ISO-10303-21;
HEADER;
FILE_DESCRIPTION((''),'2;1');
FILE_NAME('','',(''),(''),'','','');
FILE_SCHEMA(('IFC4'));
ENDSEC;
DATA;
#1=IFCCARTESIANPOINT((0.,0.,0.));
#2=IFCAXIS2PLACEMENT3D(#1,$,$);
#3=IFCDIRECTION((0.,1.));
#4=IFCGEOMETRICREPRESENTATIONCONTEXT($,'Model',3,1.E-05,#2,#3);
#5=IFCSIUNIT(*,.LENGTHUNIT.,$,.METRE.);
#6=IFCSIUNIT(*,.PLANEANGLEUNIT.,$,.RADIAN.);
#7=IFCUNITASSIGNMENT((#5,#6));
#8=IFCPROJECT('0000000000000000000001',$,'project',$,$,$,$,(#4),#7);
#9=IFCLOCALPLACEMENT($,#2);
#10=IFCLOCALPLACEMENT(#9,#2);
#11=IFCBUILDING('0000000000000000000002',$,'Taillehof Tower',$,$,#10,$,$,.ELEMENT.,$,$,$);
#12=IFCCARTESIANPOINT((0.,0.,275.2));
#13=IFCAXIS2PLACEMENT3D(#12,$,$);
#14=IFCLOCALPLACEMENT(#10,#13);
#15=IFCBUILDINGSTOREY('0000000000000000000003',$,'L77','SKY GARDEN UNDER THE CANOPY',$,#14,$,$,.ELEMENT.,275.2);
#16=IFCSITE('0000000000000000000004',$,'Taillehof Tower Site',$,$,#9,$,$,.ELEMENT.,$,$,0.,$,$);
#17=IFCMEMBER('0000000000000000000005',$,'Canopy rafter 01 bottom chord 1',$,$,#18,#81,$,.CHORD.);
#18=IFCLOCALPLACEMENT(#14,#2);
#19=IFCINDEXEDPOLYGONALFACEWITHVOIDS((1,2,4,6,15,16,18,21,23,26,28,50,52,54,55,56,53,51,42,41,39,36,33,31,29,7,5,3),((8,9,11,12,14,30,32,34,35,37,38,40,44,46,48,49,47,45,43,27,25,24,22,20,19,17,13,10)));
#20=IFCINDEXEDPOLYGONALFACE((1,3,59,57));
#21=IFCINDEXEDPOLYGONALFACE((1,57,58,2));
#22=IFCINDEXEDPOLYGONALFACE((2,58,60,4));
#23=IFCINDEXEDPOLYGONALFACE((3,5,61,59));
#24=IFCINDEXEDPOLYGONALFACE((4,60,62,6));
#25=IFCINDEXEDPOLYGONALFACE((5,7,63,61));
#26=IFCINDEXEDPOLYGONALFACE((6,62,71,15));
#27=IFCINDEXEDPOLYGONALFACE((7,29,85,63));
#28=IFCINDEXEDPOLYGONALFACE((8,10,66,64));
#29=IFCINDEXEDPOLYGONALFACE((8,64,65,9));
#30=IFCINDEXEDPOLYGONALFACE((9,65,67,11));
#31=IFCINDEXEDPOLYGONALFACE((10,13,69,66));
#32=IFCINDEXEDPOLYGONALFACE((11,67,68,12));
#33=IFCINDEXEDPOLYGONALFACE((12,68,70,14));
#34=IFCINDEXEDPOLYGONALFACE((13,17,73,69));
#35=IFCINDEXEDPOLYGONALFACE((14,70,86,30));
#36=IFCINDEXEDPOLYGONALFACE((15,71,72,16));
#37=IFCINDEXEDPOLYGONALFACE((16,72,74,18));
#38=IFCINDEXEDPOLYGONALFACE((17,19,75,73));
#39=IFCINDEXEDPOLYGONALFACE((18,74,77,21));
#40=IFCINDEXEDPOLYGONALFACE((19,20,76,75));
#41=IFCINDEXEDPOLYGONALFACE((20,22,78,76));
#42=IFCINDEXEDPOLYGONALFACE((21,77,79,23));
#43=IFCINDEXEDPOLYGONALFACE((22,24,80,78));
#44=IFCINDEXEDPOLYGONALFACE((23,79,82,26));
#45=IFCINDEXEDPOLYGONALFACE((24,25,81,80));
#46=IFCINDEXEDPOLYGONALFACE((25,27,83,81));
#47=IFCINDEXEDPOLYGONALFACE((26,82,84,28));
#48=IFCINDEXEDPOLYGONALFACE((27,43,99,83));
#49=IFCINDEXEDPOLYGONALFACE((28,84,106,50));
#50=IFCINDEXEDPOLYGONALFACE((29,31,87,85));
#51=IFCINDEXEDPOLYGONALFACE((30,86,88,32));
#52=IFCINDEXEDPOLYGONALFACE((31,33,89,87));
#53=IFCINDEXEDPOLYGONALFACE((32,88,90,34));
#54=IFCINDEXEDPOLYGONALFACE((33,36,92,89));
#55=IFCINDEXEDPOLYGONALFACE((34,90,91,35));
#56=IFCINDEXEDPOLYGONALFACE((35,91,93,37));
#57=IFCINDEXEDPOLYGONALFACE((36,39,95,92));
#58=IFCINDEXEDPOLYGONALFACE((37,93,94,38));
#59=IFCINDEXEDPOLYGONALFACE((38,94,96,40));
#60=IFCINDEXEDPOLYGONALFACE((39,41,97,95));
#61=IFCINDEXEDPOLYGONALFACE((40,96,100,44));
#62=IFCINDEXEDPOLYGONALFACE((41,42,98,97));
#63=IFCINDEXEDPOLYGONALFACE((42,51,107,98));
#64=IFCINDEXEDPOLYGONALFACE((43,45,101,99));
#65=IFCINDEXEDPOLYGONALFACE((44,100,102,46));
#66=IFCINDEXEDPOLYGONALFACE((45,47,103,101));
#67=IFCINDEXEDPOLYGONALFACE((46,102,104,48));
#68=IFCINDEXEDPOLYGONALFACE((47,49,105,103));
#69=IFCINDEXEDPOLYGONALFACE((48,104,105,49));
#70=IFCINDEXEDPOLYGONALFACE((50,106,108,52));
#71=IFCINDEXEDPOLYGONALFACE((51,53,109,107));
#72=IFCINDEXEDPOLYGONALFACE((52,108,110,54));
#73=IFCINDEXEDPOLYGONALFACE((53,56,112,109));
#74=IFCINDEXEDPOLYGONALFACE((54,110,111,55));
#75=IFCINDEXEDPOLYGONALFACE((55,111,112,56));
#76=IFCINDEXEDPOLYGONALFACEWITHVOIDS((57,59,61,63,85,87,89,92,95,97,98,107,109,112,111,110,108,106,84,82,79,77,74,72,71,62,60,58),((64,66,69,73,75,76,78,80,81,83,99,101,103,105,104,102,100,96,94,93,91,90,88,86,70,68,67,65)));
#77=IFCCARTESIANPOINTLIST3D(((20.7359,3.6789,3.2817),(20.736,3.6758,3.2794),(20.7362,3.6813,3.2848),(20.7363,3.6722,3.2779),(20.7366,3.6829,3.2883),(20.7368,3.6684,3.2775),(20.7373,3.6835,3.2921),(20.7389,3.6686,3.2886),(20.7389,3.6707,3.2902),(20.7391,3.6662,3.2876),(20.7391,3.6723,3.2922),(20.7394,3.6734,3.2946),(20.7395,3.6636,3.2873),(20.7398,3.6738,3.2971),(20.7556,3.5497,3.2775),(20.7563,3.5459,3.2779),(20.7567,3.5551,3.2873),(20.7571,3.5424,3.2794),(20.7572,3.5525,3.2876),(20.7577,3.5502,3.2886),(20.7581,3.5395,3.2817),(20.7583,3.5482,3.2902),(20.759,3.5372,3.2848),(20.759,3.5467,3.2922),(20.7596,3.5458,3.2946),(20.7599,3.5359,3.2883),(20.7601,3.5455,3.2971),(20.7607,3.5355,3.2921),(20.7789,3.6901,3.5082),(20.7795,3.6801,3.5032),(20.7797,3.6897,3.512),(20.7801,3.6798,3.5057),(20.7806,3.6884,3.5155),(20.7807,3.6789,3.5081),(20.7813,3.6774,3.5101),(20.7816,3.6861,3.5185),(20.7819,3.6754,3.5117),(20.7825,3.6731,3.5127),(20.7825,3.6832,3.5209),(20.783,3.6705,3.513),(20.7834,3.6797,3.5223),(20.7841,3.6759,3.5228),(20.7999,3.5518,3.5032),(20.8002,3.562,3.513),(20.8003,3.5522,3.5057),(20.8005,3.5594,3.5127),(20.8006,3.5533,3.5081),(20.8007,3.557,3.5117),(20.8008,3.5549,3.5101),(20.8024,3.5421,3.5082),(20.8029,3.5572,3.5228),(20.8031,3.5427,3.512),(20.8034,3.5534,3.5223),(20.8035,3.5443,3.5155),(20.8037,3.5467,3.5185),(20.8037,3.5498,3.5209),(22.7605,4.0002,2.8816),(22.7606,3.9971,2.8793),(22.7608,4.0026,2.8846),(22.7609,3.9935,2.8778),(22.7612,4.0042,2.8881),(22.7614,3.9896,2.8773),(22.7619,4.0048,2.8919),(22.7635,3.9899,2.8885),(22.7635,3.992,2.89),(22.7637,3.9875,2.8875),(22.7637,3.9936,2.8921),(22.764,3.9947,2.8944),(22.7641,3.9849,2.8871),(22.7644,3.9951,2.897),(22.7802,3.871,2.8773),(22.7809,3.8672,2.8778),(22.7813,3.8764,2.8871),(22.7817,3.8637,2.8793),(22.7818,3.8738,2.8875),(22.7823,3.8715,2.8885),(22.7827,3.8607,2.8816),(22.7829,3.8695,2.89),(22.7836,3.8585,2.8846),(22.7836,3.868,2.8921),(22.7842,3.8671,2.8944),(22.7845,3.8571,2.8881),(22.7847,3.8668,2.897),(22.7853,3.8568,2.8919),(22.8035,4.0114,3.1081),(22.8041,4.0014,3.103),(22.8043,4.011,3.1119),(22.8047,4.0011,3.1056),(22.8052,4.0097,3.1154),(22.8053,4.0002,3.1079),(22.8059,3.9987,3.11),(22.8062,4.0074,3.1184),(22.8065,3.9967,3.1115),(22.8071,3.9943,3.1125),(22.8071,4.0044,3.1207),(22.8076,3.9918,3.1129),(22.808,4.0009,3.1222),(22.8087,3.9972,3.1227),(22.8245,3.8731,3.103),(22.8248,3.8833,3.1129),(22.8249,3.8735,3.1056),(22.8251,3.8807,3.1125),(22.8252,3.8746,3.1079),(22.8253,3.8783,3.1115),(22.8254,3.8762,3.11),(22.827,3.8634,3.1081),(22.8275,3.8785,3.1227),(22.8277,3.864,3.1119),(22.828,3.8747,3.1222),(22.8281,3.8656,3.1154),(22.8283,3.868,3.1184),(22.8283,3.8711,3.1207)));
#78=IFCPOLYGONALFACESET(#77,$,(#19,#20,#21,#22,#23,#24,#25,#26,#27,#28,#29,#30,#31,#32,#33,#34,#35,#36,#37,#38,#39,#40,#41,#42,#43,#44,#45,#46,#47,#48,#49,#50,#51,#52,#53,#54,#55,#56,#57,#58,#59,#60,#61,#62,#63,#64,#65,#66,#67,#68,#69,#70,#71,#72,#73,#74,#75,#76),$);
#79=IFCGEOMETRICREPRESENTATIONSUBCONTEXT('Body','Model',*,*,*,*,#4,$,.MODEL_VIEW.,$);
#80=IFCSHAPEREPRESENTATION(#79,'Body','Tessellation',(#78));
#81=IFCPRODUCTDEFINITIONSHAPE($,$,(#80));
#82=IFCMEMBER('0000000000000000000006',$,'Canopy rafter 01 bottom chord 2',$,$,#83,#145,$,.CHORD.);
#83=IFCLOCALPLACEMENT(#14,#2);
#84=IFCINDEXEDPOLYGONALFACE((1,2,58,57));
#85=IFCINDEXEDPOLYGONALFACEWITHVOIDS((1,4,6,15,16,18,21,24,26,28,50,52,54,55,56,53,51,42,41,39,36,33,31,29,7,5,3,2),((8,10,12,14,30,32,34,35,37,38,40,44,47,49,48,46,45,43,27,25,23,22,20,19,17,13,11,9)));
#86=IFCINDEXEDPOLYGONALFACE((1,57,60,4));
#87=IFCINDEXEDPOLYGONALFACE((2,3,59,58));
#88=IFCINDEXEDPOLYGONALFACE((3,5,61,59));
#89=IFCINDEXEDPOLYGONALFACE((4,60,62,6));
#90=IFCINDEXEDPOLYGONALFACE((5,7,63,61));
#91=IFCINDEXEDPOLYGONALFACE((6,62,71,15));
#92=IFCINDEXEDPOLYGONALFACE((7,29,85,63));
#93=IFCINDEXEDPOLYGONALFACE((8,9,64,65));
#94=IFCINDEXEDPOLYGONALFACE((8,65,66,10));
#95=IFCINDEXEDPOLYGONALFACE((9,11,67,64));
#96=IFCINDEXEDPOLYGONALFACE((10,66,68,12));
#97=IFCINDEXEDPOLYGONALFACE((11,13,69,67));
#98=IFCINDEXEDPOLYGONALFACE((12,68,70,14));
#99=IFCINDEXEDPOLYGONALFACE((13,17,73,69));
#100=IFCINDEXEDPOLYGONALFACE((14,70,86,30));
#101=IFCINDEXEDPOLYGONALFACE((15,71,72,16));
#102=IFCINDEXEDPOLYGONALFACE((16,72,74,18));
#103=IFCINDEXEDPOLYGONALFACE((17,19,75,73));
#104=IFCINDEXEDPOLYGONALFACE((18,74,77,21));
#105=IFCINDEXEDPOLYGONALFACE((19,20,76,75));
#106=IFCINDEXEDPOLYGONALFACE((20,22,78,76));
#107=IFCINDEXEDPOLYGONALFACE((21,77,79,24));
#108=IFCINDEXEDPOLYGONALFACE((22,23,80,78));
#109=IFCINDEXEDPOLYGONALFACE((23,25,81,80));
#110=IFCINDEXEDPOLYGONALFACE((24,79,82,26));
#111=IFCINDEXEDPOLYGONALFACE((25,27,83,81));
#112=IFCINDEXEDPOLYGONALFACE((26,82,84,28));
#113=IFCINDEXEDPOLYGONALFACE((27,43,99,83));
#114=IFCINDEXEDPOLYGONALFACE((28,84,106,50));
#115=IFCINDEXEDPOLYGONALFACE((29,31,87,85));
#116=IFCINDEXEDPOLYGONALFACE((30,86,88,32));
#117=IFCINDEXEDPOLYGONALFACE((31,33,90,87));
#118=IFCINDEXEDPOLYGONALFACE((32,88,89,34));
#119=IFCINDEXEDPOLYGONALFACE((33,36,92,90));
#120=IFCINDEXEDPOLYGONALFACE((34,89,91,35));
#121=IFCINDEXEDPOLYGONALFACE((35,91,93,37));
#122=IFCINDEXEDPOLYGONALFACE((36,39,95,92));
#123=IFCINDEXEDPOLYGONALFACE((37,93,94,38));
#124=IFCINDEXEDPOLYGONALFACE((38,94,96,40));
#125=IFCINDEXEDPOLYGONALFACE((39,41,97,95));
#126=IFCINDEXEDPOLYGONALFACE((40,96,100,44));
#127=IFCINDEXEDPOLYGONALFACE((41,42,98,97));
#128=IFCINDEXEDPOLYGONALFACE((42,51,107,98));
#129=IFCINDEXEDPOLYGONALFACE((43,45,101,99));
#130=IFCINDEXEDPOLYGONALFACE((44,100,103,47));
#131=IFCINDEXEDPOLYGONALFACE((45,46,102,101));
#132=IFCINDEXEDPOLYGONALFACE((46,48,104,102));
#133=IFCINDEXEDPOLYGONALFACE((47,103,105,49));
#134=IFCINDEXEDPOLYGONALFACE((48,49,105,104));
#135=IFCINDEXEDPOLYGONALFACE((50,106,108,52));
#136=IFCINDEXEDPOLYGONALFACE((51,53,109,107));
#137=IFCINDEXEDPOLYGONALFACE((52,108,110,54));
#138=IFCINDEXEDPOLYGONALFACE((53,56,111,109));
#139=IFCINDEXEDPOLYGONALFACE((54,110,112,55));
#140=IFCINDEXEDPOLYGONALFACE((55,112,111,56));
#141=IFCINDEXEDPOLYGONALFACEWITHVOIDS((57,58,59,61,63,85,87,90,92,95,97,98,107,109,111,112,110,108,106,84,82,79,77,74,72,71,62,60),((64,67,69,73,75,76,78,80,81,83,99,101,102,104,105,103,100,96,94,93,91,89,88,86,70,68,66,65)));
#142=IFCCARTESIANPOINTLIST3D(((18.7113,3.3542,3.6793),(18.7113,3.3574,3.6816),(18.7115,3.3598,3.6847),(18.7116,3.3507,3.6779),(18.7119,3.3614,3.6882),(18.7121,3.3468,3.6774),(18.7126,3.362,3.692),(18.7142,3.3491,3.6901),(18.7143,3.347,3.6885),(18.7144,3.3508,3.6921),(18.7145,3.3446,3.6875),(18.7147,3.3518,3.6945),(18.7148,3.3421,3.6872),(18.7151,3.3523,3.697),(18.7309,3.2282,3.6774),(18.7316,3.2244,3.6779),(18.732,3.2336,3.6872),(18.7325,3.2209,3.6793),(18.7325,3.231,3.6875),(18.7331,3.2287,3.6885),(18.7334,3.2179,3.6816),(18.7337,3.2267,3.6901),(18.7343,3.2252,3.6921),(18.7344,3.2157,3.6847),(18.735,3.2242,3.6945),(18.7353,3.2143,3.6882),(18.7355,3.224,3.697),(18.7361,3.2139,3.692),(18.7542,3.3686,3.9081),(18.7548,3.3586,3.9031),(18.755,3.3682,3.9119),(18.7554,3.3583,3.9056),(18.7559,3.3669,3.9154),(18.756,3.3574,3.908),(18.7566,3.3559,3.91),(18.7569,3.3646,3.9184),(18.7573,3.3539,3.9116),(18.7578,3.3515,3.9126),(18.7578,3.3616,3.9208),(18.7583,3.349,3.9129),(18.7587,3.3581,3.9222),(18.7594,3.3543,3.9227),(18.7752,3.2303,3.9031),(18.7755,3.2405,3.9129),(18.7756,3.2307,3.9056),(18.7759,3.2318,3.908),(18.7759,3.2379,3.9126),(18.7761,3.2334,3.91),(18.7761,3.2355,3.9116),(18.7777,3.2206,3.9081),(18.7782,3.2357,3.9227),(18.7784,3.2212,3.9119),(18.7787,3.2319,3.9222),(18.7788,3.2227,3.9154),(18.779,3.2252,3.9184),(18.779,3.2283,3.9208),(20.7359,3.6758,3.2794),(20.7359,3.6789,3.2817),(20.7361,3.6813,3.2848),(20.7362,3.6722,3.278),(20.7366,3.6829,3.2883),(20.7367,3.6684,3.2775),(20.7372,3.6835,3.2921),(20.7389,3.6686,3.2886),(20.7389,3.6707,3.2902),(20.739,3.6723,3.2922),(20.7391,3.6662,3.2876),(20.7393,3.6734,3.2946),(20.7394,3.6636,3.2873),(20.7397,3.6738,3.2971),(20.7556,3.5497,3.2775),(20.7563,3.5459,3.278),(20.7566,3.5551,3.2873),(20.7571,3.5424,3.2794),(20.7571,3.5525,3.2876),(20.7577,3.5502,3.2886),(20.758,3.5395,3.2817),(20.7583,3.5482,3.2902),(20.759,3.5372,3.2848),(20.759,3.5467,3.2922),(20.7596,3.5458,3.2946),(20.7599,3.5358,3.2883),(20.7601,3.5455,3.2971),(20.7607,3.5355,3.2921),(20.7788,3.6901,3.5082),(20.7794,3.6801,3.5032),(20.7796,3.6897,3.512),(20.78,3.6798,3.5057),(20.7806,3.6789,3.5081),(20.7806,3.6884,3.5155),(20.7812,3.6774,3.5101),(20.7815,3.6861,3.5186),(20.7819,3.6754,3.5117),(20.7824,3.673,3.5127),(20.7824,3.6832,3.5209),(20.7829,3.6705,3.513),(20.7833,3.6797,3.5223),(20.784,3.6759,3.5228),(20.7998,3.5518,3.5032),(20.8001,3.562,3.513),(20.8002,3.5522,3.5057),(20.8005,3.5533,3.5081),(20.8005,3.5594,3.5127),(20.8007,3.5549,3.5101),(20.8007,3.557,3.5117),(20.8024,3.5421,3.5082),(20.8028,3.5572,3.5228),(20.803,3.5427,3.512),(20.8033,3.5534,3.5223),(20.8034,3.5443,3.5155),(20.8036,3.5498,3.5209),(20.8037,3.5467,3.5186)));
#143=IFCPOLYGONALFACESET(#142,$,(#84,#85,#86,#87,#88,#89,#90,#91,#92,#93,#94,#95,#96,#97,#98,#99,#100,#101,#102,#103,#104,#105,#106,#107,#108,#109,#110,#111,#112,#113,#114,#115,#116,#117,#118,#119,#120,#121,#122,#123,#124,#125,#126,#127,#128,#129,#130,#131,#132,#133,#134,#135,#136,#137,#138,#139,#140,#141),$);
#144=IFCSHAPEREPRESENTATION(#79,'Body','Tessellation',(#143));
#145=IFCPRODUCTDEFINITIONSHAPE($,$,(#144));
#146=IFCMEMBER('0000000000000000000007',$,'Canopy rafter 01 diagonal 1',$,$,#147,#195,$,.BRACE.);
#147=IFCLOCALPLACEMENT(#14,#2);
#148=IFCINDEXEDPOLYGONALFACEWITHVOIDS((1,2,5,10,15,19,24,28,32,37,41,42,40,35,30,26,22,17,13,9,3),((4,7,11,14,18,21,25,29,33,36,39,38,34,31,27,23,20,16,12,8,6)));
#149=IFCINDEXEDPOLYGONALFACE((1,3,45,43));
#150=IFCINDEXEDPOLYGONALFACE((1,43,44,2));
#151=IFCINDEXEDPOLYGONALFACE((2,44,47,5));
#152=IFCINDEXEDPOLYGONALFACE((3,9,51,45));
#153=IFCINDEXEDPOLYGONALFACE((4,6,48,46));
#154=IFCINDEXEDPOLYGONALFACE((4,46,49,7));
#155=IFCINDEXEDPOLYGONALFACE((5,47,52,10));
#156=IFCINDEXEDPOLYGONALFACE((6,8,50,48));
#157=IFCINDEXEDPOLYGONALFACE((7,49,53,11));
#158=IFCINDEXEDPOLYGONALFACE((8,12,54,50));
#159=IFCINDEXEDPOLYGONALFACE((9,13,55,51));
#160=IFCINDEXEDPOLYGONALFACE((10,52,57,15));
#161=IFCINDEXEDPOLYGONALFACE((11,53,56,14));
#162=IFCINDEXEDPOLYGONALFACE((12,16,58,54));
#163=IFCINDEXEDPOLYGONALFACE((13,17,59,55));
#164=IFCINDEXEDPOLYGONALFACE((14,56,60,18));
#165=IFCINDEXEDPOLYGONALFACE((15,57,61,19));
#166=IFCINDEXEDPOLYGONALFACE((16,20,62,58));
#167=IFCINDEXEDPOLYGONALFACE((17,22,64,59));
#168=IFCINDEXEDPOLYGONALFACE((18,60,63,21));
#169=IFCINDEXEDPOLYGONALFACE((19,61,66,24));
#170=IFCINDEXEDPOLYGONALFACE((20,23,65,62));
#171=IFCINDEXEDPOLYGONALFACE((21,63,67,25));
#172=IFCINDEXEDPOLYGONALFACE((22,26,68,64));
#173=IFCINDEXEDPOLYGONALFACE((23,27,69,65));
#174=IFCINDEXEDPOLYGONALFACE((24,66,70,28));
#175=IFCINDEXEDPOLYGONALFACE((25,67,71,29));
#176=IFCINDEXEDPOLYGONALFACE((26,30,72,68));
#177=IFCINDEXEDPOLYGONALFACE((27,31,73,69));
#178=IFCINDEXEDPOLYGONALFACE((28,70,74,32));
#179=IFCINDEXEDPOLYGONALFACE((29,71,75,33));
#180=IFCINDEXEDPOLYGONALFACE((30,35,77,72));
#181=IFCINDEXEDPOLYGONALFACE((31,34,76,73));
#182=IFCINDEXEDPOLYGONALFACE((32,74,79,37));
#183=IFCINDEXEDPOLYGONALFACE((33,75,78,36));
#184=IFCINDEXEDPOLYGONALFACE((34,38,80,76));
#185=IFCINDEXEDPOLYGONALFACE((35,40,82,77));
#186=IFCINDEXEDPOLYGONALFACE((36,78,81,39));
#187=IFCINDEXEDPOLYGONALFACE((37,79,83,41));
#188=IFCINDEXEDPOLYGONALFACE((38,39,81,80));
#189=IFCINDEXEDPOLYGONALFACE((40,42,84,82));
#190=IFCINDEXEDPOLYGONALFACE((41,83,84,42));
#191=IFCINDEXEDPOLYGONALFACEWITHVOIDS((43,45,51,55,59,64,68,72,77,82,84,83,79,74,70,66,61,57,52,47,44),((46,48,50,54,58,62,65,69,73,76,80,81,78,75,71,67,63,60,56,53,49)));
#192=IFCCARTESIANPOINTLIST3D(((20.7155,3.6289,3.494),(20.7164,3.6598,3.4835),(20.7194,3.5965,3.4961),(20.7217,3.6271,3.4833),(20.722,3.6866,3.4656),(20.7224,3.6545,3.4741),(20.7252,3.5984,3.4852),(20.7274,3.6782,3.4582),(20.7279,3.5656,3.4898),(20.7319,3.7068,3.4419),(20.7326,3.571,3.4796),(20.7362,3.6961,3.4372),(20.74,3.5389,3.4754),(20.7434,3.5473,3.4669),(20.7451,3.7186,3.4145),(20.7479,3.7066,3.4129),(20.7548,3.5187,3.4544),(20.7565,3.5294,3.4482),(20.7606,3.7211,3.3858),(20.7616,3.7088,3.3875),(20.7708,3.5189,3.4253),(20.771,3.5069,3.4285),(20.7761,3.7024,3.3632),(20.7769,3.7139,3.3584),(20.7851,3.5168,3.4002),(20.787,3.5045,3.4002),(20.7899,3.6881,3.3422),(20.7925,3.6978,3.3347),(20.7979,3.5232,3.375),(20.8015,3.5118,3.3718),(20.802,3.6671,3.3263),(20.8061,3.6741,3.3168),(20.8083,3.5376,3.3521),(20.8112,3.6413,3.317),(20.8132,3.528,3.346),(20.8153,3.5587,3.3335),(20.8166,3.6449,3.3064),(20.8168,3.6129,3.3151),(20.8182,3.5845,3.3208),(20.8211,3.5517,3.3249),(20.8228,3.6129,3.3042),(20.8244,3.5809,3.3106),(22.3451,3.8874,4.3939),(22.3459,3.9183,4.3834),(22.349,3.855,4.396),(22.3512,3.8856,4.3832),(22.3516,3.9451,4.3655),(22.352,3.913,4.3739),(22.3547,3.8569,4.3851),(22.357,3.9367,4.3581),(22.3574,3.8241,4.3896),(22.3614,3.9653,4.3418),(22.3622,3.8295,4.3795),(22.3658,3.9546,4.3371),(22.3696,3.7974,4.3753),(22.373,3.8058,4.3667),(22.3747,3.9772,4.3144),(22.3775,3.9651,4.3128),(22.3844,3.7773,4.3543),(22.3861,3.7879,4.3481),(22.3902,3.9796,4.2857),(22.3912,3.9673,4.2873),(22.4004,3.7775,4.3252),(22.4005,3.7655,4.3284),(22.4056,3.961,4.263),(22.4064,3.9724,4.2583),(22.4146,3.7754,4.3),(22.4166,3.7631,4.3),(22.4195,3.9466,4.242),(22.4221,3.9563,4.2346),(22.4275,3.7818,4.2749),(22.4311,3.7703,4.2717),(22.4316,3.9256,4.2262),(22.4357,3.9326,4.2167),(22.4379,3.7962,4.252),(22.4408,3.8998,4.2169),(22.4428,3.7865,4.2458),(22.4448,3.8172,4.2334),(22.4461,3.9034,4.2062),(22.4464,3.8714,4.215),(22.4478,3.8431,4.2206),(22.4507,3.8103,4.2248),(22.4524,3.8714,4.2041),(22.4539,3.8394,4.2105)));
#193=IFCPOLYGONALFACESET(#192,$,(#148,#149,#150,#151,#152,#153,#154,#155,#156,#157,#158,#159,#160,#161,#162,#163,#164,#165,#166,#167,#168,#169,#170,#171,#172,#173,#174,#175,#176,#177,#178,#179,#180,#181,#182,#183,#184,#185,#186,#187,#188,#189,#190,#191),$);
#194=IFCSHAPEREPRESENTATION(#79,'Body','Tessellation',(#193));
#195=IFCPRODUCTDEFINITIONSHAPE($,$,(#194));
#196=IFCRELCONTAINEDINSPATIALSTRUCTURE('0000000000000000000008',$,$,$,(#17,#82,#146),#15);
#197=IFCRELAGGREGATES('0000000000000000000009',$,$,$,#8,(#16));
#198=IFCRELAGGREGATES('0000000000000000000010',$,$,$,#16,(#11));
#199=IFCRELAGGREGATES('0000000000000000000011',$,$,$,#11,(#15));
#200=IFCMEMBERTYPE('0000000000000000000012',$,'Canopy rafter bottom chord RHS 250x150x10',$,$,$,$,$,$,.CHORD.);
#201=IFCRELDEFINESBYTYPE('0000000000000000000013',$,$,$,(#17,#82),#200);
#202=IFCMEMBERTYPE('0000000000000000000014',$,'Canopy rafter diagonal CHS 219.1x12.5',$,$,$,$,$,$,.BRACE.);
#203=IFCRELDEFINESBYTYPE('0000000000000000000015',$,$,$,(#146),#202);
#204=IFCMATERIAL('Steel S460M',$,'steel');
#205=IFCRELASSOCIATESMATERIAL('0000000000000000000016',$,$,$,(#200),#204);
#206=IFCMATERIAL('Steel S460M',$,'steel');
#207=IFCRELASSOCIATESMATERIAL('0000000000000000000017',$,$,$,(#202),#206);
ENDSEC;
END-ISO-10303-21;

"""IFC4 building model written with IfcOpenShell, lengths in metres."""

from ifc_helpers import new_model, si_unit, direction, frame, origin, origin_2d, place, context, subcontext, project, spatial, hollow_rectangle, hollow_circle, extrude, material, material_profile, profile_set, type_object, element, save


model = new_model("IFC4")

# Units and contexts
model_context = context("Model", 3, precision=1e-05, world=origin(), true_north=direction((0.0, 1.0)))
body_context = subcontext(model_context, "Body", "Model", "MODEL_VIEW")
ifc_project = project(units=[si_unit("LENGTHUNIT", "METRE"), si_unit("PLANEANGLEUNIT", "RADIAN")], contexts=[model_context])

# Site, building, storey
site_placement = place(None, origin())
site = spatial("IfcSite", under=ifc_project, at=site_placement, Name="Taillehof Tower Site", CompositionType="ELEMENT", RefElevation=0.0)
building_placement = place(site_placement, origin())
building = spatial("IfcBuilding", under=site, at=building_placement, Name="Taillehof Tower", CompositionType="ELEMENT")
storey_placement = place(building_placement, frame((0.0, 0.0, 275.2)))
storey = spatial("IfcBuildingStorey", under=building, at=storey_placement, Name="L77", Description="SKY GARDEN UNDER THE CANOPY", CompositionType="ELEMENT", Elevation=275.2)

# Members
ifc_material_1 = material(Name="Steel S460M", Category="steel")
ifc_material_profile_1 = material_profile(ifc_material_1, hollow_rectangle(XDim=0.1499, YDim=0.25, WallThickness=0.01, InnerFilletRadius=0.01, OuterFilletRadius=0.0149, at=origin_2d()), Name="RHS 250x150x10")
ifc_profile_set_1 = profile_set([ifc_material_profile_1], Name="Steel S460M")
member_type_1 = type_object("IfcMemberType", Name="Canopy rafter bottom chord RHS 250x150x10", PredefinedType="CHORD", material=ifc_profile_set_1)
for number, where, z_axis, x_axis, name in (
    (1, (22.7944, 3.9341, 3.0), (-0.969348, -0.153824, 0.191579), (0.156727, -0.987642, 0.0), "Canopy rafter 01 bottom chord 1"),
    (2, (20.7698, 3.6128, 3.4001), (-0.969352, -0.153942, 0.191463), (0.156843, -0.987624, 0.0), "Canopy rafter 01 bottom chord 2"),
):
    element("IfcMember", number, at=place(storey_placement, frame(where, z_axis=z_axis, x_axis=x_axis)), inside=storey, type_object=member_type_1, Name=name, PredefinedType="CHORD", context=body_context, shape_type="SweptSolid", body=[
        extrude(hollow_rectangle(XDim=0.1499, YDim=0.25, WallThickness=0.01, InnerFilletRadius=0.01, OuterFilletRadius=0.0149, at=origin_2d()), origin(), (0.0, 0.0, 1.0), 2.0886),
    ])
ifc_material_2 = material(Name="Steel S460M", Category="steel")
ifc_material_profile_2 = material_profile(ifc_material_2, hollow_circle(Radius=0.1096, WallThickness=0.0125, at=origin_2d()), Name="CHS 219.1x12.5")
ifc_profile_set_2 = profile_set([ifc_material_profile_2], Name="Steel S460M")
member_type_2 = type_object("IfcMemberType", Name="Canopy rafter diagonal CHS 219.1x12.5", PredefinedType="BRACE", material=ifc_profile_set_2)
member_1_placement = place(storey_placement, frame((22.3994, 3.8713, 4.3), z_axis=(-0.867075, -0.137563, -0.478807), x_axis=(0.156692, -0.987648, 0.0)))
element("IfcMember", 3, at=member_1_placement, inside=storey, type_object=member_type_2, Name="Canopy rafter 01 diagonal 1", PredefinedType="BRACE", context=body_context, shape_type="SweptSolid", body=[
    extrude(hollow_circle(Radius=0.1096, WallThickness=0.0125, at=origin_2d()), origin(), (0.0, 0.0, 1.0), 1.8794),
])

save(model, "model.ifc")
